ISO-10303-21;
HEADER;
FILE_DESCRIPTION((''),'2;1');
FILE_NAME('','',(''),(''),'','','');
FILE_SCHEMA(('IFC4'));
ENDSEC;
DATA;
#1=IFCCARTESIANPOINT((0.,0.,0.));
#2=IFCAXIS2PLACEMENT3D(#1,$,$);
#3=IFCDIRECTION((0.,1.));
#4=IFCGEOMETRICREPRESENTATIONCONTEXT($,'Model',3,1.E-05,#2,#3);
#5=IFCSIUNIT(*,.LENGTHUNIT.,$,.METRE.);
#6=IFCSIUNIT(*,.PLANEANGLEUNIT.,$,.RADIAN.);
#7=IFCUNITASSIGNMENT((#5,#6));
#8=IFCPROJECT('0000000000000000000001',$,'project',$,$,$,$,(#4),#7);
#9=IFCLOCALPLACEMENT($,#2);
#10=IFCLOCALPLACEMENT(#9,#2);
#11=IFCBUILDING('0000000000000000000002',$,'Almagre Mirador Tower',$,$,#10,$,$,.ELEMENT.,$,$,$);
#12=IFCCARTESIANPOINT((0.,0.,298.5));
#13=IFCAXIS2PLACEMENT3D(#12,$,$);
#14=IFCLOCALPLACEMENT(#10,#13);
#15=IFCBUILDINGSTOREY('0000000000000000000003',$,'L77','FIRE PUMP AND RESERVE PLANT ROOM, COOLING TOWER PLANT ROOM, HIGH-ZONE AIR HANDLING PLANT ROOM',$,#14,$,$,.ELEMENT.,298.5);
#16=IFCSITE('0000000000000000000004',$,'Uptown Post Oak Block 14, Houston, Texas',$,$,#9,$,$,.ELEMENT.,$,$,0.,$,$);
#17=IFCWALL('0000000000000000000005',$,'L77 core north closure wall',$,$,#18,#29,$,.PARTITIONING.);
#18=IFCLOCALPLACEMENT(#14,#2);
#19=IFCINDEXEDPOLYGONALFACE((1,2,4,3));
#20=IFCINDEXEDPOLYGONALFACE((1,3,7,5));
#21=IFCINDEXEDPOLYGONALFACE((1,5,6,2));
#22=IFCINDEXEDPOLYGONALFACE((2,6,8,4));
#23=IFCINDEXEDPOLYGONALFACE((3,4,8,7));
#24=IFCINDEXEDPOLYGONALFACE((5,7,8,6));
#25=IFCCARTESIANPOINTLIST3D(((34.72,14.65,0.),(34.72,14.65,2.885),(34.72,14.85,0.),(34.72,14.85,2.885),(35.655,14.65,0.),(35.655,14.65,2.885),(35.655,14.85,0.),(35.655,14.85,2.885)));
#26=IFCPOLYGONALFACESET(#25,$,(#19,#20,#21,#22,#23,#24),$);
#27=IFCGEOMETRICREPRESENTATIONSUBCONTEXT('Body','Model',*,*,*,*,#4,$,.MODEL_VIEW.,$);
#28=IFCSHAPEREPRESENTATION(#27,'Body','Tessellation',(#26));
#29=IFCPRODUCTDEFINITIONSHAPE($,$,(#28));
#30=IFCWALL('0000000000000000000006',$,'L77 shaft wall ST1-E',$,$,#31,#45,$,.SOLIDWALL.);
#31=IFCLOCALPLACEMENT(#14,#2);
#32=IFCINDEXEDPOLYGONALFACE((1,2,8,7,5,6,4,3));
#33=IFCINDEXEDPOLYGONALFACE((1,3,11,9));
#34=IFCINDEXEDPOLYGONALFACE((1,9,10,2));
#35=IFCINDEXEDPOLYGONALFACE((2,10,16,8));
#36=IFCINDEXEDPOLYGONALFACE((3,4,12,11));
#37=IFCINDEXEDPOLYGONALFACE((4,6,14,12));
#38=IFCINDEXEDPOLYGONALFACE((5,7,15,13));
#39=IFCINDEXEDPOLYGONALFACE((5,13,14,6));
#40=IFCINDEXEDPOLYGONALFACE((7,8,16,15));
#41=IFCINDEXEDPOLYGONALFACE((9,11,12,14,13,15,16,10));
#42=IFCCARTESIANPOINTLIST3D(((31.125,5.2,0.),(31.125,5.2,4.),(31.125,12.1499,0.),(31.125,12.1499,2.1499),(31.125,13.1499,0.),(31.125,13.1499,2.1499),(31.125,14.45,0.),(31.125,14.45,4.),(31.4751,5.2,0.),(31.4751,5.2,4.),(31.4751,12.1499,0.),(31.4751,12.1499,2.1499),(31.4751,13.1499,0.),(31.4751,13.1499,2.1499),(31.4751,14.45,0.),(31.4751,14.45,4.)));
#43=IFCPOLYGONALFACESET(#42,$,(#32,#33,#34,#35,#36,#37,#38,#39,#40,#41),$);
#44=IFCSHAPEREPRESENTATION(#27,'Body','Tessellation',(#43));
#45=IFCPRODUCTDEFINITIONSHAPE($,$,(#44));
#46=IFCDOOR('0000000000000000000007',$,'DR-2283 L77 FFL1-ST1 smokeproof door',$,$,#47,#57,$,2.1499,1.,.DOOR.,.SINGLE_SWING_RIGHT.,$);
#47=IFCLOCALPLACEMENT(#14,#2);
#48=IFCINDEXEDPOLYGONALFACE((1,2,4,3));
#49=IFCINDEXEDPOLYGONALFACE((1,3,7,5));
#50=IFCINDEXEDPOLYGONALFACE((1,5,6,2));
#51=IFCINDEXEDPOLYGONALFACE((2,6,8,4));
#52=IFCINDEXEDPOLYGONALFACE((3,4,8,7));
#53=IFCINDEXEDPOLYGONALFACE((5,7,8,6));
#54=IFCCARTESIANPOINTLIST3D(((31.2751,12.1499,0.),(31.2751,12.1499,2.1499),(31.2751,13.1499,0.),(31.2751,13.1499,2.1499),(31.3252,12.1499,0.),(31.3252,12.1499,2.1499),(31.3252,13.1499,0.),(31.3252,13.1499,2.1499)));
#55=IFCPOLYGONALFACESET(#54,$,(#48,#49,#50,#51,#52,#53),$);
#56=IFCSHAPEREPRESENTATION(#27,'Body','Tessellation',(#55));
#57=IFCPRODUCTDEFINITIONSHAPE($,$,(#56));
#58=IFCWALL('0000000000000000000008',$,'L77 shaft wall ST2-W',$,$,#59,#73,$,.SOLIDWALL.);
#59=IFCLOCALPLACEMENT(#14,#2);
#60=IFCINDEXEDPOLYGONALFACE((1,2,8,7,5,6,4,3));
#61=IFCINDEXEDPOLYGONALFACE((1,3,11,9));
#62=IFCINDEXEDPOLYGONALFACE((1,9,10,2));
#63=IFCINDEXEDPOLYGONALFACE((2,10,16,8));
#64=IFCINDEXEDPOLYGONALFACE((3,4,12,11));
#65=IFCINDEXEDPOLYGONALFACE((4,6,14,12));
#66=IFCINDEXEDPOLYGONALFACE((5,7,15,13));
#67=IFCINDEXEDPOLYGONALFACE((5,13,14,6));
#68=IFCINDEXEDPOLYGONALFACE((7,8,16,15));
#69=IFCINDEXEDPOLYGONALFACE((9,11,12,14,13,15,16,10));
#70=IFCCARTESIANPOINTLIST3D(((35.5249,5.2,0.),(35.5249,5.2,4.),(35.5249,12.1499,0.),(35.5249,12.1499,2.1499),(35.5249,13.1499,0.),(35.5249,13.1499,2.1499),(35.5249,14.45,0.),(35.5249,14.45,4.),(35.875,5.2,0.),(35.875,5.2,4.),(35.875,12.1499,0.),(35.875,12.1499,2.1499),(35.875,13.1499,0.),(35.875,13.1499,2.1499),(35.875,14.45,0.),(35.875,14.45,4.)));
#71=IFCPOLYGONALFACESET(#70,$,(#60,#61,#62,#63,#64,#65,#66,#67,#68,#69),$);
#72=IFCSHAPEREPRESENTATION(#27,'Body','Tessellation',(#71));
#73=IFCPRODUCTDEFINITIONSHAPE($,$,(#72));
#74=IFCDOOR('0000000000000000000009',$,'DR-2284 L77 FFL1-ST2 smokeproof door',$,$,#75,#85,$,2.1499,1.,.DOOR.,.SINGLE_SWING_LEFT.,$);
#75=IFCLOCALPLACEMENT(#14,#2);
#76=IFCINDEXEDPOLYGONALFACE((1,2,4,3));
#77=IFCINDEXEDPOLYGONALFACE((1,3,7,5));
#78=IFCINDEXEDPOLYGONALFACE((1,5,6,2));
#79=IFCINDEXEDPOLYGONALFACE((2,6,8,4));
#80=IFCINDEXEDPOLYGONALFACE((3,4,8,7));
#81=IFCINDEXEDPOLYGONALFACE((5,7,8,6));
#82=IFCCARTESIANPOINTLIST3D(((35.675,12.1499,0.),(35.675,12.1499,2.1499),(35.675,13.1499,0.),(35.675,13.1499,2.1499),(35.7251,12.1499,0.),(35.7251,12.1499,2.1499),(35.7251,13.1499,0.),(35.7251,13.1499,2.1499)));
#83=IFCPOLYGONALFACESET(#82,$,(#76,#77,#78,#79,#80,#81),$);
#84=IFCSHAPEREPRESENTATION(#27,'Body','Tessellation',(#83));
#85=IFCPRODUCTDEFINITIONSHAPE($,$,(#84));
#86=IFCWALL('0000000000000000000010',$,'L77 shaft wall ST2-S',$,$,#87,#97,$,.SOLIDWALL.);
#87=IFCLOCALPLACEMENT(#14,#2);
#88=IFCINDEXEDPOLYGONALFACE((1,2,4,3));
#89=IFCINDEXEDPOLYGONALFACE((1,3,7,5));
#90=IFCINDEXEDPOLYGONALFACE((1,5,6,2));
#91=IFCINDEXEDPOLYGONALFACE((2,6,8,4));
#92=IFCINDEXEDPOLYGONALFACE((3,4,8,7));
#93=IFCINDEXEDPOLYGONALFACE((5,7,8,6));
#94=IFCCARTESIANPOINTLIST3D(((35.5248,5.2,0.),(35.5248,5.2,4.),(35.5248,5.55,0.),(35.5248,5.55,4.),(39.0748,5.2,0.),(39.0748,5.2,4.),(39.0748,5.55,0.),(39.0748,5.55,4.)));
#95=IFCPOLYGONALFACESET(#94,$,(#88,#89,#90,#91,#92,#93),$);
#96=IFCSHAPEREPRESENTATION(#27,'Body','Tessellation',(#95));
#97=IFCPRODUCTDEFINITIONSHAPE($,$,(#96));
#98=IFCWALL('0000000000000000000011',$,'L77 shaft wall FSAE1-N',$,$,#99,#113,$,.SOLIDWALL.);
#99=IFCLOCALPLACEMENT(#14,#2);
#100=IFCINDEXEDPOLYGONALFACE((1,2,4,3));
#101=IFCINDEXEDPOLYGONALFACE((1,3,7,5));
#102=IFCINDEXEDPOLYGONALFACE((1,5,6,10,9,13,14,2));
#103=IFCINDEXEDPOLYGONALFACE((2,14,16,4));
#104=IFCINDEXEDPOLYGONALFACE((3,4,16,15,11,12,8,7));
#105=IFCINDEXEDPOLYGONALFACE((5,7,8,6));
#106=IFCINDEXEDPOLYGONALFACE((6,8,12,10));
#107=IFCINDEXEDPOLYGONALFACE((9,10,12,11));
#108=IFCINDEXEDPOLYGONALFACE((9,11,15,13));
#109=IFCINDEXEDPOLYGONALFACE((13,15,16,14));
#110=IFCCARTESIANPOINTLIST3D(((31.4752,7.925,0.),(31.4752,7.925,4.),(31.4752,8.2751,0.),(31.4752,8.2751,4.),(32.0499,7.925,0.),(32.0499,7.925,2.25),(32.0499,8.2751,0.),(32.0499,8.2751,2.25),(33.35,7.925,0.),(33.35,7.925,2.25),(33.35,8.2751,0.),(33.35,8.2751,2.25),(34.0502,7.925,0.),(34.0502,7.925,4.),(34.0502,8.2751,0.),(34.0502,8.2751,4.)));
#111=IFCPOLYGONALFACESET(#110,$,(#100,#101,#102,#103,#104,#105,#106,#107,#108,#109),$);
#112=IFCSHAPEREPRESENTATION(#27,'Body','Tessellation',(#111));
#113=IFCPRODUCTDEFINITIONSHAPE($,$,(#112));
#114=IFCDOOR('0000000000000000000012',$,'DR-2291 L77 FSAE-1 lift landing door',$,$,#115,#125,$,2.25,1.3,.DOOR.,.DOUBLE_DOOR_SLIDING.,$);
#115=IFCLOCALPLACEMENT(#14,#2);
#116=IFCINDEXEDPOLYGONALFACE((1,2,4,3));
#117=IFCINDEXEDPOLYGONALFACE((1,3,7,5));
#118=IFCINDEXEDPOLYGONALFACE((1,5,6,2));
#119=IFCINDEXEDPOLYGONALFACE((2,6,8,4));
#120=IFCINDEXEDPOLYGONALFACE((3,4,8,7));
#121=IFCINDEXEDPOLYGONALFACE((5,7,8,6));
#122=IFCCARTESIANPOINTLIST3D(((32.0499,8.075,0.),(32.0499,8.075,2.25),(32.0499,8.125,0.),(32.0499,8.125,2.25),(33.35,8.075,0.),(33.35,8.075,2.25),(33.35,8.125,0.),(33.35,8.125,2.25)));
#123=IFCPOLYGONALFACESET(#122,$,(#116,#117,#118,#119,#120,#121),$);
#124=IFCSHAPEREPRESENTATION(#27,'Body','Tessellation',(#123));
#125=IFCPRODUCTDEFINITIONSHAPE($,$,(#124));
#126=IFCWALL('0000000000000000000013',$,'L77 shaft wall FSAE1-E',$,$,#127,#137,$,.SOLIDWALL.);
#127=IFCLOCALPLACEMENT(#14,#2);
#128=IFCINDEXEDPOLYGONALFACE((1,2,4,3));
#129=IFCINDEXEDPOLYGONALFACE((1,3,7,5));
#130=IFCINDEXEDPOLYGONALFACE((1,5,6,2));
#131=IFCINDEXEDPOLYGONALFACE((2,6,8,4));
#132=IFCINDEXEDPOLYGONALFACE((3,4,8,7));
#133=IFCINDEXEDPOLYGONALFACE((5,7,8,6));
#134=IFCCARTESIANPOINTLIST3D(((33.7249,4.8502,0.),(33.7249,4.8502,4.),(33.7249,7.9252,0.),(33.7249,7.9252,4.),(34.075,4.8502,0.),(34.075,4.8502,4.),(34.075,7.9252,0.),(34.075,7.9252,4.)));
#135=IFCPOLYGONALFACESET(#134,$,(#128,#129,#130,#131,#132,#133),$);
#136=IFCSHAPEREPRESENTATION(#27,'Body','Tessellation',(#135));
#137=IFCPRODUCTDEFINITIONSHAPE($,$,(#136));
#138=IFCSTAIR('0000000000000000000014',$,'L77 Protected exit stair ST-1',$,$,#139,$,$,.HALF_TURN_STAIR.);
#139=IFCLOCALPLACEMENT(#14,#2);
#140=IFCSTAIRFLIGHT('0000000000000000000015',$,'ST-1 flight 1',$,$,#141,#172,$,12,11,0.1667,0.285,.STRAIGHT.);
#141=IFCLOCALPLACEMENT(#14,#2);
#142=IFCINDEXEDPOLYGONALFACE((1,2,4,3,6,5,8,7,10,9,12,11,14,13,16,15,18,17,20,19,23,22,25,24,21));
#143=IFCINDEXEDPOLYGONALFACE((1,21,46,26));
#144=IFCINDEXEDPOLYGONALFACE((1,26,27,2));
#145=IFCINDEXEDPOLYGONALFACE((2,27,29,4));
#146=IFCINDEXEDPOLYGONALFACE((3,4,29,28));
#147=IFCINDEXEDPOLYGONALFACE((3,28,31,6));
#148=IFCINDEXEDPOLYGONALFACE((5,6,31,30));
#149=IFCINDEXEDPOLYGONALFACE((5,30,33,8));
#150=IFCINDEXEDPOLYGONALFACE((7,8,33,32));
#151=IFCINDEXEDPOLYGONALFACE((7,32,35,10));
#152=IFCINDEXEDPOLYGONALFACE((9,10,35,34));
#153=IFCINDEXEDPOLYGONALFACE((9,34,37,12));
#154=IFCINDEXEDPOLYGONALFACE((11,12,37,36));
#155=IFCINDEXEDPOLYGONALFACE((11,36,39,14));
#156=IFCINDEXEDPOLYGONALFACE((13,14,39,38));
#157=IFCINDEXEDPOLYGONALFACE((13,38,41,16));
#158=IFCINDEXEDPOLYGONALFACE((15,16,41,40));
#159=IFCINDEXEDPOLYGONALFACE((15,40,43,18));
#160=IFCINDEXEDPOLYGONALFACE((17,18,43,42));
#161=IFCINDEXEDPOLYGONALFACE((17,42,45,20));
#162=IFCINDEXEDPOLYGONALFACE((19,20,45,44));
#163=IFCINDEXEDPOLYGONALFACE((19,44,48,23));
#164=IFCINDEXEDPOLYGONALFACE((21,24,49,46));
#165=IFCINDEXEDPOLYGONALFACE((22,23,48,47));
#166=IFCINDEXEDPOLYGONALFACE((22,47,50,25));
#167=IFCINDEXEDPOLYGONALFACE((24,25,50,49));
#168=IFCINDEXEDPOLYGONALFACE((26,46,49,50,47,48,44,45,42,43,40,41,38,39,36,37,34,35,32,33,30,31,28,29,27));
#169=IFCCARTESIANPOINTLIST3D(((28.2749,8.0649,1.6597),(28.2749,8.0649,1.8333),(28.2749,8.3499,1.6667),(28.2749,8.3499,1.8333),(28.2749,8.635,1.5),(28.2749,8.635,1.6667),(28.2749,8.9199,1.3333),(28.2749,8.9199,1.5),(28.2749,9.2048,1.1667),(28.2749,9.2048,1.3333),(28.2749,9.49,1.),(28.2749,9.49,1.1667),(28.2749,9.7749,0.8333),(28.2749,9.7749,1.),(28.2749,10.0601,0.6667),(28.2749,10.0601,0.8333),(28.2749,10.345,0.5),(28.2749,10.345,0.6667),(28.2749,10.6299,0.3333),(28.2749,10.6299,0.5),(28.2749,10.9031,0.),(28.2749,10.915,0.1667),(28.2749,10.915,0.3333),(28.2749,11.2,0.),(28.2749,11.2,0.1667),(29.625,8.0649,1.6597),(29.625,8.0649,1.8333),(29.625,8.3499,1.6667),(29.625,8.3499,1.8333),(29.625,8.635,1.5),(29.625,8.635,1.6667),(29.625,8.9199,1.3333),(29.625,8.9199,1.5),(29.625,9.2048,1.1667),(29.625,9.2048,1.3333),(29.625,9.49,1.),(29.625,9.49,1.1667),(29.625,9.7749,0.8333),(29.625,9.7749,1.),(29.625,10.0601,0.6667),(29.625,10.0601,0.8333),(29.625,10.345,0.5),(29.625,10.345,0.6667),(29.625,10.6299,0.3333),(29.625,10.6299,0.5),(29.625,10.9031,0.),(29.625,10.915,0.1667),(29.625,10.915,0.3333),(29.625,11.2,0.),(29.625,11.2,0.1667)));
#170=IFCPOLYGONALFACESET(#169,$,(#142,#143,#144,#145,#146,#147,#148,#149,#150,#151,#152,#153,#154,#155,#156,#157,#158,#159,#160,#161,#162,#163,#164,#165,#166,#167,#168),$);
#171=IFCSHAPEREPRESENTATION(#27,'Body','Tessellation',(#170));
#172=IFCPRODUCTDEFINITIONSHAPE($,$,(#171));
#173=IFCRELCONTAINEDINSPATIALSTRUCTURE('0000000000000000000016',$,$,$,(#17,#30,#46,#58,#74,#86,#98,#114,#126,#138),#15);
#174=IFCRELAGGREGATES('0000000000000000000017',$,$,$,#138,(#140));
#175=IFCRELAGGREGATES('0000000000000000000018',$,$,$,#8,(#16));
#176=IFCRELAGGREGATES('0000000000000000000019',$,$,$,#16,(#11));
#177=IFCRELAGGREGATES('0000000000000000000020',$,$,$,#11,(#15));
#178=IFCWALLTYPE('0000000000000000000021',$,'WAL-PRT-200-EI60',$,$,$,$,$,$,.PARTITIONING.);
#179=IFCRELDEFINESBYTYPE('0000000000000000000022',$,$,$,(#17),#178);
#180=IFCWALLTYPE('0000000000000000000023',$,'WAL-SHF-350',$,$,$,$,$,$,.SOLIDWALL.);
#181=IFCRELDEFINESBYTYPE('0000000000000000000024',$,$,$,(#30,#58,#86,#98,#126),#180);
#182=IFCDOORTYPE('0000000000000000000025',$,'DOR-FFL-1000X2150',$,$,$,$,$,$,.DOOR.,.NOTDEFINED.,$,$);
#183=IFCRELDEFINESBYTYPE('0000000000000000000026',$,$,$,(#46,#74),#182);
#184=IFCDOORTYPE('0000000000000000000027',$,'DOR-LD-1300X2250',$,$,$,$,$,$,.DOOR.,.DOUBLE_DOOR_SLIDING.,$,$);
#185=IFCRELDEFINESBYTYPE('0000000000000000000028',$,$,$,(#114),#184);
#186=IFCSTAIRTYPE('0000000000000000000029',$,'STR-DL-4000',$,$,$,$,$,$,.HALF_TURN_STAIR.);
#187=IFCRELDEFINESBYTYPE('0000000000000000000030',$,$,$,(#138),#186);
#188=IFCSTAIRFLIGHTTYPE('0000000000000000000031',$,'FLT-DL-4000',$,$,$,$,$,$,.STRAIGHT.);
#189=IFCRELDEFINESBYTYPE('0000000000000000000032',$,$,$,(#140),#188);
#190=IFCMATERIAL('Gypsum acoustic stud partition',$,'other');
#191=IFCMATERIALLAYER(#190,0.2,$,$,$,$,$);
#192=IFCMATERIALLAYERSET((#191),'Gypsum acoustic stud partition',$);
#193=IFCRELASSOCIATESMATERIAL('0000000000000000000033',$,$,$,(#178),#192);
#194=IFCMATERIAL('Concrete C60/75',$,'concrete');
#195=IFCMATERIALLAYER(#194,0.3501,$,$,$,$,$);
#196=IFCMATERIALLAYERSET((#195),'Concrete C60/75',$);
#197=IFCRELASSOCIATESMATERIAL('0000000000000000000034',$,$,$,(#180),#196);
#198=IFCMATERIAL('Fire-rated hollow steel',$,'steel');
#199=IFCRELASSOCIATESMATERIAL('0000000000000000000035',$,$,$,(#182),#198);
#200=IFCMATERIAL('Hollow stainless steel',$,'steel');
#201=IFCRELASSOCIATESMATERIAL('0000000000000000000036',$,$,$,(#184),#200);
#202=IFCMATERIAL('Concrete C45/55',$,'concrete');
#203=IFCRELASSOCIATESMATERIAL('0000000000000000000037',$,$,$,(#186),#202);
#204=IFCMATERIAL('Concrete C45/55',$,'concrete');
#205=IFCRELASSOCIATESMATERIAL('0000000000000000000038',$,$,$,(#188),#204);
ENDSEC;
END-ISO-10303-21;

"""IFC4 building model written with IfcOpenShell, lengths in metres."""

from ifc_helpers import new_model, si_unit, direction, frame, frame_2d, origin, place, context, subcontext, project, spatial, polyline, rectangle, outline, extrude, material, layer, layer_set, type_object, element, fill, aggregate, save


model = new_model("IFC4")

# Units and contexts
model_context = context("Model", 3, precision=1e-05, world=origin(), true_north=direction((0.0, 1.0)))
body_context = subcontext(model_context, "Body", "Model", "MODEL_VIEW")
ifc_project = project(units=[si_unit("LENGTHUNIT", "METRE"), si_unit("PLANEANGLEUNIT", "RADIAN")], contexts=[model_context])

# Site, building, storey
site_placement = place(None, origin())
site = spatial("IfcSite", under=ifc_project, at=site_placement, Name="Uptown Post Oak Block 14, Houston, Texas", CompositionType="ELEMENT", RefElevation=0.0)
building_placement = place(site_placement, origin())
building = spatial("IfcBuilding", under=site, at=building_placement, Name="Almagre Mirador Tower", CompositionType="ELEMENT")
storey_placement = place(building_placement, frame((0.0, 0.0, 298.5)))
storey = spatial("IfcBuildingStorey", under=building, at=storey_placement, Name="L77", Description="FIRE PUMP AND RESERVE PLANT ROOM, COOLING TOWER PLANT ROOM, HIGH-ZONE AIR HANDLING PLANT ROOM", CompositionType="ELEMENT", Elevation=298.5)

# Wall
ifc_material_1 = material(Name="Gypsum acoustic stud partition", Category="other")
ifc_layer_1 = layer(ifc_material_1, 0.2)
ifc_layer_set_1 = layer_set([ifc_layer_1], Name="Gypsum acoustic stud partition")
wall_type_1 = type_object("IfcWallType", Name="WAL-PRT-200-EI60", PredefinedType="PARTITIONING", material=ifc_layer_set_1)
wall_1_placement = place(storey_placement, frame((34.72, 14.75, 0.0), z_axis=(0.0, 0.0, 1.0), x_axis=(1.0, 0.0, 0.0)))
element("IfcWall", 1, at=wall_1_placement, inside=storey, type_object=wall_type_1, Name="L77 core north closure wall", PredefinedType="PARTITIONING", context=body_context, shape_type="SweptSolid", body=[
    extrude(rectangle(XDim=0.9351, YDim=0.2, at=frame_2d((0.4675, 0.0))), origin(), (0.0, 0.0, 1.0), 2.885),
])

# Walls, openings, doors
ifc_material_2 = material(Name="Concrete C60/75", Category="concrete")
ifc_layer_2 = layer(ifc_material_2, 0.3501)
ifc_layer_set_2 = layer_set([ifc_layer_2], Name="Concrete C60/75")
wall_type_2 = type_object("IfcWallType", Name="WAL-SHF-350", PredefinedType="SOLIDWALL", material=ifc_layer_set_2)
wall_2_placement = place(storey_placement, frame((31.3, 5.2, 0.0), z_axis=(0.0, 0.0, 1.0), x_axis=(0.0, 1.0, 0.0)))
wall_2 = element("IfcWall", 2, at=wall_2_placement, inside=storey, type_object=wall_type_2, Name="L77 shaft wall ST1-E", PredefinedType="SOLIDWALL", context=body_context, shape_type="SweptSolid", body=[
    extrude(rectangle(XDim=9.25, YDim=0.3501, at=frame_2d((4.625, 0.0))), origin(), (0.0, 0.0, 1.0), 4.0),
])
opening_1_placement = place(wall_2_placement, frame((6.95, 0.0, 0.0)))
opening_1 = element("IfcOpeningElement", 3, at=opening_1_placement, cuts=wall_2, PredefinedType="OPENING", context=body_context, shape_type="SweptSolid", body=[
    extrude(rectangle(XDim=1.0, YDim=2.1499, at=frame_2d((0.5, 1.075))), frame((0.0, 0.185, 0.0), z_axis=(0.0, -1.0, 0.0), x_axis=(1.0, 0.0, 0.0)), (0.0, 0.0, 1.0), 0.3701),
])
ifc_material_3 = material(Name="Fire-rated hollow steel", Category="steel")
door_type_1 = type_object("IfcDoorType", Name="DOR-FFL-1000X2150", OperationType="NOTDEFINED", PredefinedType="DOOR", material=ifc_material_3)
door_1_placement = place(opening_1_placement, origin())
door_1 = element("IfcDoor", 4, at=door_1_placement, inside=storey, type_object=door_type_1, Name="DR-2283 L77 FFL1-ST1 smokeproof door", OperationType="SINGLE_SWING_RIGHT", OverallHeight=2.1499, OverallWidth=1.0, PredefinedType="DOOR", context=body_context, shape_type="SweptSolid", body=[
    extrude(rectangle(XDim=1.0, YDim=2.1499, at=frame_2d((0.5, 1.075))), frame((0.0, 0.0249, 0.0), z_axis=(0.0, -1.0, 0.0), x_axis=(1.0, 0.0, 0.0)), (0.0, 0.0, 1.0), 0.05),
])
fill(opening_1, door_1)
wall_3_placement = place(storey_placement, frame((35.7, 5.2, 0.0), z_axis=(0.0, 0.0, 1.0), x_axis=(0.0, 1.0, 0.0)))
wall_3 = element("IfcWall", 5, at=wall_3_placement, inside=storey, type_object=wall_type_2, Name="L77 shaft wall ST2-W", PredefinedType="SOLIDWALL", context=body_context, shape_type="SweptSolid", body=[
    extrude(rectangle(XDim=9.25, YDim=0.3501, at=frame_2d((4.625, 0.0))), origin(), (0.0, 0.0, 1.0), 4.0),
])
opening_2_placement = place(wall_3_placement, frame((6.95, 0.0, 0.0)))
opening_2 = element("IfcOpeningElement", 6, at=opening_2_placement, cuts=wall_3, PredefinedType="OPENING", context=body_context, shape_type="SweptSolid", body=[
    extrude(rectangle(XDim=1.0, YDim=2.1499, at=frame_2d((0.5, 1.075))), frame((0.0, 0.185, 0.0), z_axis=(0.0, -1.0, 0.0), x_axis=(1.0, 0.0, 0.0)), (0.0, 0.0, 1.0), 0.3701),
])
door_2_placement = place(opening_2_placement, origin())
door_2 = element("IfcDoor", 7, at=door_2_placement, inside=storey, type_object=door_type_1, Name="DR-2284 L77 FFL1-ST2 smokeproof door", OperationType="SINGLE_SWING_LEFT", OverallHeight=2.1499, OverallWidth=1.0, PredefinedType="DOOR", context=body_context, shape_type="SweptSolid", body=[
    extrude(rectangle(XDim=1.0, YDim=2.1499, at=frame_2d((0.5, 1.075))), frame((0.0, 0.0249, 0.0), z_axis=(0.0, -1.0, 0.0), x_axis=(1.0, 0.0, 0.0)), (0.0, 0.0, 1.0), 0.05),
])
fill(opening_2, door_2)

# Wall
wall_4_placement = place(storey_placement, frame((35.5249, 5.375, 0.0), z_axis=(0.0, 0.0, 1.0), x_axis=(1.0, 0.0, 0.0)))
element("IfcWall", 8, at=wall_4_placement, inside=storey, type_object=wall_type_2, Name="L77 shaft wall ST2-S", PredefinedType="SOLIDWALL", context=body_context, shape_type="SweptSolid", body=[
    extrude(rectangle(XDim=3.55, YDim=0.3501, at=frame_2d((1.7749, 0.0))), origin(), (0.0, 0.0, 1.0), 4.0),
])

# Wall, opening, door
wall_5_placement = place(storey_placement, frame((31.4751, 8.1001, 0.0), z_axis=(0.0, 0.0, 1.0), x_axis=(1.0, 0.0, 0.0)))
wall_5 = element("IfcWall", 9, at=wall_5_placement, inside=storey, type_object=wall_type_2, Name="L77 shaft wall FSAE1-N", PredefinedType="SOLIDWALL", context=body_context, shape_type="SweptSolid", body=[
    extrude(rectangle(XDim=2.575, YDim=0.3501, at=frame_2d((1.2876, 0.0))), origin(), (0.0, 0.0, 1.0), 4.0),
])
opening_3_placement = place(wall_5_placement, frame((0.575, 0.0, 0.0)))
opening_3 = element("IfcOpeningElement", 10, at=opening_3_placement, cuts=wall_5, PredefinedType="OPENING", context=body_context, shape_type="SweptSolid", body=[
    extrude(rectangle(XDim=1.3, YDim=2.25, at=frame_2d((0.6499, 1.125))), frame((0.0, 0.185, 0.0), z_axis=(0.0, -1.0, 0.0), x_axis=(1.0, 0.0, 0.0)), (0.0, 0.0, 1.0), 0.3701),
])
ifc_material_4 = material(Name="Hollow stainless steel", Category="steel")
door_type_2 = type_object("IfcDoorType", Name="DOR-LD-1300X2250", OperationType="DOUBLE_DOOR_SLIDING", PredefinedType="DOOR", material=ifc_material_4)
door_3_placement = place(opening_3_placement, origin())
door_3 = element("IfcDoor", 11, at=door_3_placement, inside=storey, type_object=door_type_2, Name="DR-2291 L77 FSAE-1 lift landing door", OperationType="DOUBLE_DOOR_SLIDING", OverallHeight=2.25, OverallWidth=1.3, PredefinedType="DOOR", context=body_context, shape_type="SweptSolid", body=[
    extrude(rectangle(XDim=1.3, YDim=2.25, at=frame_2d((0.6499, 1.125))), frame((0.0, 0.0249, 0.0), z_axis=(0.0, -1.0, 0.0), x_axis=(1.0, 0.0, 0.0)), (0.0, 0.0, 1.0), 0.05),
])
fill(opening_3, door_3)

# Wall
wall_6_placement = place(storey_placement, frame((33.8999, 4.8501, 0.0), z_axis=(0.0, 0.0, 1.0), x_axis=(0.0, 1.0, 0.0)))
element("IfcWall", 12, at=wall_6_placement, inside=storey, type_object=wall_type_2, Name="L77 shaft wall FSAE1-E", PredefinedType="SOLIDWALL", context=body_context, shape_type="SweptSolid", body=[
    extrude(rectangle(XDim=3.075, YDim=0.3501, at=frame_2d((1.5376, 0.0))), origin(), (0.0, 0.0, 1.0), 4.0),
])

# Stair, stair flight
ifc_material_5 = material(Name="Concrete C45/55", Category="concrete")
stair_type = type_object("IfcStairType", Name="STR-DL-4000", PredefinedType="HALF_TURN_STAIR", material=ifc_material_5)
stair_placement = place(storey_placement, origin())
stair = element("IfcStair", 13, at=stair_placement, inside=storey, type_object=stair_type, Name="L77 Protected exit stair ST-1", PredefinedType="HALF_TURN_STAIR")
ifc_material_6 = material(Name="Concrete C45/55", Category="concrete")
stair_flight_type = type_object("IfcStairFlightType", Name="FLT-DL-4000", PredefinedType="STRAIGHT", material=ifc_material_6)
stair_flight_1_placement = place(storey_placement, frame((28.95, 11.2, 0.0), z_axis=(0.0, 0.0, 1.0), x_axis=(0.0, -1.0, 0.0)))
stair_flight_1 = element("IfcStairFlight", 14, at=stair_flight_1_placement, type_object=stair_flight_type, Name="ST-1 flight 1", NumberOfRisers=12, NumberOfTreads=11, PredefinedType="STRAIGHT", RiserHeight=0.1667, TreadLength=0.285, context=body_context, shape_type="SweptSolid", body=[
    extrude(outline(polyline([(0.0, 0.0), (0.0, 0.1667), (0.2849, 0.1667), (0.2849, 0.3333), (0.5701, 0.3333), (0.5701, 0.5), (0.855, 0.5), (0.855, 0.6667), (1.1399, 0.6667), (1.1399, 0.8333), (1.425, 0.8333), (1.425, 1.0), (1.71, 1.0), (1.71, 1.1667), (1.9951, 1.1667), (1.9951, 1.3333), (2.28, 1.3333), (2.28, 1.5), (2.5649, 1.5), (2.5649, 1.6667), (2.8501, 1.6667), (2.8501, 1.8333), (3.135, 1.8333), (3.135, 2.0), (3.135, 1.6597), (0.2969, 0.0), (0.0, 0.0)])), frame((0.0, 0.675, 0.0), z_axis=(0.0, -1.0, 0.0), x_axis=(1.0, 0.0, 0.0)), (0.0, 0.0, 1.0), 1.3501),
])
aggregate(stair, [stair_flight_1])

save(model, "model.ifc")
